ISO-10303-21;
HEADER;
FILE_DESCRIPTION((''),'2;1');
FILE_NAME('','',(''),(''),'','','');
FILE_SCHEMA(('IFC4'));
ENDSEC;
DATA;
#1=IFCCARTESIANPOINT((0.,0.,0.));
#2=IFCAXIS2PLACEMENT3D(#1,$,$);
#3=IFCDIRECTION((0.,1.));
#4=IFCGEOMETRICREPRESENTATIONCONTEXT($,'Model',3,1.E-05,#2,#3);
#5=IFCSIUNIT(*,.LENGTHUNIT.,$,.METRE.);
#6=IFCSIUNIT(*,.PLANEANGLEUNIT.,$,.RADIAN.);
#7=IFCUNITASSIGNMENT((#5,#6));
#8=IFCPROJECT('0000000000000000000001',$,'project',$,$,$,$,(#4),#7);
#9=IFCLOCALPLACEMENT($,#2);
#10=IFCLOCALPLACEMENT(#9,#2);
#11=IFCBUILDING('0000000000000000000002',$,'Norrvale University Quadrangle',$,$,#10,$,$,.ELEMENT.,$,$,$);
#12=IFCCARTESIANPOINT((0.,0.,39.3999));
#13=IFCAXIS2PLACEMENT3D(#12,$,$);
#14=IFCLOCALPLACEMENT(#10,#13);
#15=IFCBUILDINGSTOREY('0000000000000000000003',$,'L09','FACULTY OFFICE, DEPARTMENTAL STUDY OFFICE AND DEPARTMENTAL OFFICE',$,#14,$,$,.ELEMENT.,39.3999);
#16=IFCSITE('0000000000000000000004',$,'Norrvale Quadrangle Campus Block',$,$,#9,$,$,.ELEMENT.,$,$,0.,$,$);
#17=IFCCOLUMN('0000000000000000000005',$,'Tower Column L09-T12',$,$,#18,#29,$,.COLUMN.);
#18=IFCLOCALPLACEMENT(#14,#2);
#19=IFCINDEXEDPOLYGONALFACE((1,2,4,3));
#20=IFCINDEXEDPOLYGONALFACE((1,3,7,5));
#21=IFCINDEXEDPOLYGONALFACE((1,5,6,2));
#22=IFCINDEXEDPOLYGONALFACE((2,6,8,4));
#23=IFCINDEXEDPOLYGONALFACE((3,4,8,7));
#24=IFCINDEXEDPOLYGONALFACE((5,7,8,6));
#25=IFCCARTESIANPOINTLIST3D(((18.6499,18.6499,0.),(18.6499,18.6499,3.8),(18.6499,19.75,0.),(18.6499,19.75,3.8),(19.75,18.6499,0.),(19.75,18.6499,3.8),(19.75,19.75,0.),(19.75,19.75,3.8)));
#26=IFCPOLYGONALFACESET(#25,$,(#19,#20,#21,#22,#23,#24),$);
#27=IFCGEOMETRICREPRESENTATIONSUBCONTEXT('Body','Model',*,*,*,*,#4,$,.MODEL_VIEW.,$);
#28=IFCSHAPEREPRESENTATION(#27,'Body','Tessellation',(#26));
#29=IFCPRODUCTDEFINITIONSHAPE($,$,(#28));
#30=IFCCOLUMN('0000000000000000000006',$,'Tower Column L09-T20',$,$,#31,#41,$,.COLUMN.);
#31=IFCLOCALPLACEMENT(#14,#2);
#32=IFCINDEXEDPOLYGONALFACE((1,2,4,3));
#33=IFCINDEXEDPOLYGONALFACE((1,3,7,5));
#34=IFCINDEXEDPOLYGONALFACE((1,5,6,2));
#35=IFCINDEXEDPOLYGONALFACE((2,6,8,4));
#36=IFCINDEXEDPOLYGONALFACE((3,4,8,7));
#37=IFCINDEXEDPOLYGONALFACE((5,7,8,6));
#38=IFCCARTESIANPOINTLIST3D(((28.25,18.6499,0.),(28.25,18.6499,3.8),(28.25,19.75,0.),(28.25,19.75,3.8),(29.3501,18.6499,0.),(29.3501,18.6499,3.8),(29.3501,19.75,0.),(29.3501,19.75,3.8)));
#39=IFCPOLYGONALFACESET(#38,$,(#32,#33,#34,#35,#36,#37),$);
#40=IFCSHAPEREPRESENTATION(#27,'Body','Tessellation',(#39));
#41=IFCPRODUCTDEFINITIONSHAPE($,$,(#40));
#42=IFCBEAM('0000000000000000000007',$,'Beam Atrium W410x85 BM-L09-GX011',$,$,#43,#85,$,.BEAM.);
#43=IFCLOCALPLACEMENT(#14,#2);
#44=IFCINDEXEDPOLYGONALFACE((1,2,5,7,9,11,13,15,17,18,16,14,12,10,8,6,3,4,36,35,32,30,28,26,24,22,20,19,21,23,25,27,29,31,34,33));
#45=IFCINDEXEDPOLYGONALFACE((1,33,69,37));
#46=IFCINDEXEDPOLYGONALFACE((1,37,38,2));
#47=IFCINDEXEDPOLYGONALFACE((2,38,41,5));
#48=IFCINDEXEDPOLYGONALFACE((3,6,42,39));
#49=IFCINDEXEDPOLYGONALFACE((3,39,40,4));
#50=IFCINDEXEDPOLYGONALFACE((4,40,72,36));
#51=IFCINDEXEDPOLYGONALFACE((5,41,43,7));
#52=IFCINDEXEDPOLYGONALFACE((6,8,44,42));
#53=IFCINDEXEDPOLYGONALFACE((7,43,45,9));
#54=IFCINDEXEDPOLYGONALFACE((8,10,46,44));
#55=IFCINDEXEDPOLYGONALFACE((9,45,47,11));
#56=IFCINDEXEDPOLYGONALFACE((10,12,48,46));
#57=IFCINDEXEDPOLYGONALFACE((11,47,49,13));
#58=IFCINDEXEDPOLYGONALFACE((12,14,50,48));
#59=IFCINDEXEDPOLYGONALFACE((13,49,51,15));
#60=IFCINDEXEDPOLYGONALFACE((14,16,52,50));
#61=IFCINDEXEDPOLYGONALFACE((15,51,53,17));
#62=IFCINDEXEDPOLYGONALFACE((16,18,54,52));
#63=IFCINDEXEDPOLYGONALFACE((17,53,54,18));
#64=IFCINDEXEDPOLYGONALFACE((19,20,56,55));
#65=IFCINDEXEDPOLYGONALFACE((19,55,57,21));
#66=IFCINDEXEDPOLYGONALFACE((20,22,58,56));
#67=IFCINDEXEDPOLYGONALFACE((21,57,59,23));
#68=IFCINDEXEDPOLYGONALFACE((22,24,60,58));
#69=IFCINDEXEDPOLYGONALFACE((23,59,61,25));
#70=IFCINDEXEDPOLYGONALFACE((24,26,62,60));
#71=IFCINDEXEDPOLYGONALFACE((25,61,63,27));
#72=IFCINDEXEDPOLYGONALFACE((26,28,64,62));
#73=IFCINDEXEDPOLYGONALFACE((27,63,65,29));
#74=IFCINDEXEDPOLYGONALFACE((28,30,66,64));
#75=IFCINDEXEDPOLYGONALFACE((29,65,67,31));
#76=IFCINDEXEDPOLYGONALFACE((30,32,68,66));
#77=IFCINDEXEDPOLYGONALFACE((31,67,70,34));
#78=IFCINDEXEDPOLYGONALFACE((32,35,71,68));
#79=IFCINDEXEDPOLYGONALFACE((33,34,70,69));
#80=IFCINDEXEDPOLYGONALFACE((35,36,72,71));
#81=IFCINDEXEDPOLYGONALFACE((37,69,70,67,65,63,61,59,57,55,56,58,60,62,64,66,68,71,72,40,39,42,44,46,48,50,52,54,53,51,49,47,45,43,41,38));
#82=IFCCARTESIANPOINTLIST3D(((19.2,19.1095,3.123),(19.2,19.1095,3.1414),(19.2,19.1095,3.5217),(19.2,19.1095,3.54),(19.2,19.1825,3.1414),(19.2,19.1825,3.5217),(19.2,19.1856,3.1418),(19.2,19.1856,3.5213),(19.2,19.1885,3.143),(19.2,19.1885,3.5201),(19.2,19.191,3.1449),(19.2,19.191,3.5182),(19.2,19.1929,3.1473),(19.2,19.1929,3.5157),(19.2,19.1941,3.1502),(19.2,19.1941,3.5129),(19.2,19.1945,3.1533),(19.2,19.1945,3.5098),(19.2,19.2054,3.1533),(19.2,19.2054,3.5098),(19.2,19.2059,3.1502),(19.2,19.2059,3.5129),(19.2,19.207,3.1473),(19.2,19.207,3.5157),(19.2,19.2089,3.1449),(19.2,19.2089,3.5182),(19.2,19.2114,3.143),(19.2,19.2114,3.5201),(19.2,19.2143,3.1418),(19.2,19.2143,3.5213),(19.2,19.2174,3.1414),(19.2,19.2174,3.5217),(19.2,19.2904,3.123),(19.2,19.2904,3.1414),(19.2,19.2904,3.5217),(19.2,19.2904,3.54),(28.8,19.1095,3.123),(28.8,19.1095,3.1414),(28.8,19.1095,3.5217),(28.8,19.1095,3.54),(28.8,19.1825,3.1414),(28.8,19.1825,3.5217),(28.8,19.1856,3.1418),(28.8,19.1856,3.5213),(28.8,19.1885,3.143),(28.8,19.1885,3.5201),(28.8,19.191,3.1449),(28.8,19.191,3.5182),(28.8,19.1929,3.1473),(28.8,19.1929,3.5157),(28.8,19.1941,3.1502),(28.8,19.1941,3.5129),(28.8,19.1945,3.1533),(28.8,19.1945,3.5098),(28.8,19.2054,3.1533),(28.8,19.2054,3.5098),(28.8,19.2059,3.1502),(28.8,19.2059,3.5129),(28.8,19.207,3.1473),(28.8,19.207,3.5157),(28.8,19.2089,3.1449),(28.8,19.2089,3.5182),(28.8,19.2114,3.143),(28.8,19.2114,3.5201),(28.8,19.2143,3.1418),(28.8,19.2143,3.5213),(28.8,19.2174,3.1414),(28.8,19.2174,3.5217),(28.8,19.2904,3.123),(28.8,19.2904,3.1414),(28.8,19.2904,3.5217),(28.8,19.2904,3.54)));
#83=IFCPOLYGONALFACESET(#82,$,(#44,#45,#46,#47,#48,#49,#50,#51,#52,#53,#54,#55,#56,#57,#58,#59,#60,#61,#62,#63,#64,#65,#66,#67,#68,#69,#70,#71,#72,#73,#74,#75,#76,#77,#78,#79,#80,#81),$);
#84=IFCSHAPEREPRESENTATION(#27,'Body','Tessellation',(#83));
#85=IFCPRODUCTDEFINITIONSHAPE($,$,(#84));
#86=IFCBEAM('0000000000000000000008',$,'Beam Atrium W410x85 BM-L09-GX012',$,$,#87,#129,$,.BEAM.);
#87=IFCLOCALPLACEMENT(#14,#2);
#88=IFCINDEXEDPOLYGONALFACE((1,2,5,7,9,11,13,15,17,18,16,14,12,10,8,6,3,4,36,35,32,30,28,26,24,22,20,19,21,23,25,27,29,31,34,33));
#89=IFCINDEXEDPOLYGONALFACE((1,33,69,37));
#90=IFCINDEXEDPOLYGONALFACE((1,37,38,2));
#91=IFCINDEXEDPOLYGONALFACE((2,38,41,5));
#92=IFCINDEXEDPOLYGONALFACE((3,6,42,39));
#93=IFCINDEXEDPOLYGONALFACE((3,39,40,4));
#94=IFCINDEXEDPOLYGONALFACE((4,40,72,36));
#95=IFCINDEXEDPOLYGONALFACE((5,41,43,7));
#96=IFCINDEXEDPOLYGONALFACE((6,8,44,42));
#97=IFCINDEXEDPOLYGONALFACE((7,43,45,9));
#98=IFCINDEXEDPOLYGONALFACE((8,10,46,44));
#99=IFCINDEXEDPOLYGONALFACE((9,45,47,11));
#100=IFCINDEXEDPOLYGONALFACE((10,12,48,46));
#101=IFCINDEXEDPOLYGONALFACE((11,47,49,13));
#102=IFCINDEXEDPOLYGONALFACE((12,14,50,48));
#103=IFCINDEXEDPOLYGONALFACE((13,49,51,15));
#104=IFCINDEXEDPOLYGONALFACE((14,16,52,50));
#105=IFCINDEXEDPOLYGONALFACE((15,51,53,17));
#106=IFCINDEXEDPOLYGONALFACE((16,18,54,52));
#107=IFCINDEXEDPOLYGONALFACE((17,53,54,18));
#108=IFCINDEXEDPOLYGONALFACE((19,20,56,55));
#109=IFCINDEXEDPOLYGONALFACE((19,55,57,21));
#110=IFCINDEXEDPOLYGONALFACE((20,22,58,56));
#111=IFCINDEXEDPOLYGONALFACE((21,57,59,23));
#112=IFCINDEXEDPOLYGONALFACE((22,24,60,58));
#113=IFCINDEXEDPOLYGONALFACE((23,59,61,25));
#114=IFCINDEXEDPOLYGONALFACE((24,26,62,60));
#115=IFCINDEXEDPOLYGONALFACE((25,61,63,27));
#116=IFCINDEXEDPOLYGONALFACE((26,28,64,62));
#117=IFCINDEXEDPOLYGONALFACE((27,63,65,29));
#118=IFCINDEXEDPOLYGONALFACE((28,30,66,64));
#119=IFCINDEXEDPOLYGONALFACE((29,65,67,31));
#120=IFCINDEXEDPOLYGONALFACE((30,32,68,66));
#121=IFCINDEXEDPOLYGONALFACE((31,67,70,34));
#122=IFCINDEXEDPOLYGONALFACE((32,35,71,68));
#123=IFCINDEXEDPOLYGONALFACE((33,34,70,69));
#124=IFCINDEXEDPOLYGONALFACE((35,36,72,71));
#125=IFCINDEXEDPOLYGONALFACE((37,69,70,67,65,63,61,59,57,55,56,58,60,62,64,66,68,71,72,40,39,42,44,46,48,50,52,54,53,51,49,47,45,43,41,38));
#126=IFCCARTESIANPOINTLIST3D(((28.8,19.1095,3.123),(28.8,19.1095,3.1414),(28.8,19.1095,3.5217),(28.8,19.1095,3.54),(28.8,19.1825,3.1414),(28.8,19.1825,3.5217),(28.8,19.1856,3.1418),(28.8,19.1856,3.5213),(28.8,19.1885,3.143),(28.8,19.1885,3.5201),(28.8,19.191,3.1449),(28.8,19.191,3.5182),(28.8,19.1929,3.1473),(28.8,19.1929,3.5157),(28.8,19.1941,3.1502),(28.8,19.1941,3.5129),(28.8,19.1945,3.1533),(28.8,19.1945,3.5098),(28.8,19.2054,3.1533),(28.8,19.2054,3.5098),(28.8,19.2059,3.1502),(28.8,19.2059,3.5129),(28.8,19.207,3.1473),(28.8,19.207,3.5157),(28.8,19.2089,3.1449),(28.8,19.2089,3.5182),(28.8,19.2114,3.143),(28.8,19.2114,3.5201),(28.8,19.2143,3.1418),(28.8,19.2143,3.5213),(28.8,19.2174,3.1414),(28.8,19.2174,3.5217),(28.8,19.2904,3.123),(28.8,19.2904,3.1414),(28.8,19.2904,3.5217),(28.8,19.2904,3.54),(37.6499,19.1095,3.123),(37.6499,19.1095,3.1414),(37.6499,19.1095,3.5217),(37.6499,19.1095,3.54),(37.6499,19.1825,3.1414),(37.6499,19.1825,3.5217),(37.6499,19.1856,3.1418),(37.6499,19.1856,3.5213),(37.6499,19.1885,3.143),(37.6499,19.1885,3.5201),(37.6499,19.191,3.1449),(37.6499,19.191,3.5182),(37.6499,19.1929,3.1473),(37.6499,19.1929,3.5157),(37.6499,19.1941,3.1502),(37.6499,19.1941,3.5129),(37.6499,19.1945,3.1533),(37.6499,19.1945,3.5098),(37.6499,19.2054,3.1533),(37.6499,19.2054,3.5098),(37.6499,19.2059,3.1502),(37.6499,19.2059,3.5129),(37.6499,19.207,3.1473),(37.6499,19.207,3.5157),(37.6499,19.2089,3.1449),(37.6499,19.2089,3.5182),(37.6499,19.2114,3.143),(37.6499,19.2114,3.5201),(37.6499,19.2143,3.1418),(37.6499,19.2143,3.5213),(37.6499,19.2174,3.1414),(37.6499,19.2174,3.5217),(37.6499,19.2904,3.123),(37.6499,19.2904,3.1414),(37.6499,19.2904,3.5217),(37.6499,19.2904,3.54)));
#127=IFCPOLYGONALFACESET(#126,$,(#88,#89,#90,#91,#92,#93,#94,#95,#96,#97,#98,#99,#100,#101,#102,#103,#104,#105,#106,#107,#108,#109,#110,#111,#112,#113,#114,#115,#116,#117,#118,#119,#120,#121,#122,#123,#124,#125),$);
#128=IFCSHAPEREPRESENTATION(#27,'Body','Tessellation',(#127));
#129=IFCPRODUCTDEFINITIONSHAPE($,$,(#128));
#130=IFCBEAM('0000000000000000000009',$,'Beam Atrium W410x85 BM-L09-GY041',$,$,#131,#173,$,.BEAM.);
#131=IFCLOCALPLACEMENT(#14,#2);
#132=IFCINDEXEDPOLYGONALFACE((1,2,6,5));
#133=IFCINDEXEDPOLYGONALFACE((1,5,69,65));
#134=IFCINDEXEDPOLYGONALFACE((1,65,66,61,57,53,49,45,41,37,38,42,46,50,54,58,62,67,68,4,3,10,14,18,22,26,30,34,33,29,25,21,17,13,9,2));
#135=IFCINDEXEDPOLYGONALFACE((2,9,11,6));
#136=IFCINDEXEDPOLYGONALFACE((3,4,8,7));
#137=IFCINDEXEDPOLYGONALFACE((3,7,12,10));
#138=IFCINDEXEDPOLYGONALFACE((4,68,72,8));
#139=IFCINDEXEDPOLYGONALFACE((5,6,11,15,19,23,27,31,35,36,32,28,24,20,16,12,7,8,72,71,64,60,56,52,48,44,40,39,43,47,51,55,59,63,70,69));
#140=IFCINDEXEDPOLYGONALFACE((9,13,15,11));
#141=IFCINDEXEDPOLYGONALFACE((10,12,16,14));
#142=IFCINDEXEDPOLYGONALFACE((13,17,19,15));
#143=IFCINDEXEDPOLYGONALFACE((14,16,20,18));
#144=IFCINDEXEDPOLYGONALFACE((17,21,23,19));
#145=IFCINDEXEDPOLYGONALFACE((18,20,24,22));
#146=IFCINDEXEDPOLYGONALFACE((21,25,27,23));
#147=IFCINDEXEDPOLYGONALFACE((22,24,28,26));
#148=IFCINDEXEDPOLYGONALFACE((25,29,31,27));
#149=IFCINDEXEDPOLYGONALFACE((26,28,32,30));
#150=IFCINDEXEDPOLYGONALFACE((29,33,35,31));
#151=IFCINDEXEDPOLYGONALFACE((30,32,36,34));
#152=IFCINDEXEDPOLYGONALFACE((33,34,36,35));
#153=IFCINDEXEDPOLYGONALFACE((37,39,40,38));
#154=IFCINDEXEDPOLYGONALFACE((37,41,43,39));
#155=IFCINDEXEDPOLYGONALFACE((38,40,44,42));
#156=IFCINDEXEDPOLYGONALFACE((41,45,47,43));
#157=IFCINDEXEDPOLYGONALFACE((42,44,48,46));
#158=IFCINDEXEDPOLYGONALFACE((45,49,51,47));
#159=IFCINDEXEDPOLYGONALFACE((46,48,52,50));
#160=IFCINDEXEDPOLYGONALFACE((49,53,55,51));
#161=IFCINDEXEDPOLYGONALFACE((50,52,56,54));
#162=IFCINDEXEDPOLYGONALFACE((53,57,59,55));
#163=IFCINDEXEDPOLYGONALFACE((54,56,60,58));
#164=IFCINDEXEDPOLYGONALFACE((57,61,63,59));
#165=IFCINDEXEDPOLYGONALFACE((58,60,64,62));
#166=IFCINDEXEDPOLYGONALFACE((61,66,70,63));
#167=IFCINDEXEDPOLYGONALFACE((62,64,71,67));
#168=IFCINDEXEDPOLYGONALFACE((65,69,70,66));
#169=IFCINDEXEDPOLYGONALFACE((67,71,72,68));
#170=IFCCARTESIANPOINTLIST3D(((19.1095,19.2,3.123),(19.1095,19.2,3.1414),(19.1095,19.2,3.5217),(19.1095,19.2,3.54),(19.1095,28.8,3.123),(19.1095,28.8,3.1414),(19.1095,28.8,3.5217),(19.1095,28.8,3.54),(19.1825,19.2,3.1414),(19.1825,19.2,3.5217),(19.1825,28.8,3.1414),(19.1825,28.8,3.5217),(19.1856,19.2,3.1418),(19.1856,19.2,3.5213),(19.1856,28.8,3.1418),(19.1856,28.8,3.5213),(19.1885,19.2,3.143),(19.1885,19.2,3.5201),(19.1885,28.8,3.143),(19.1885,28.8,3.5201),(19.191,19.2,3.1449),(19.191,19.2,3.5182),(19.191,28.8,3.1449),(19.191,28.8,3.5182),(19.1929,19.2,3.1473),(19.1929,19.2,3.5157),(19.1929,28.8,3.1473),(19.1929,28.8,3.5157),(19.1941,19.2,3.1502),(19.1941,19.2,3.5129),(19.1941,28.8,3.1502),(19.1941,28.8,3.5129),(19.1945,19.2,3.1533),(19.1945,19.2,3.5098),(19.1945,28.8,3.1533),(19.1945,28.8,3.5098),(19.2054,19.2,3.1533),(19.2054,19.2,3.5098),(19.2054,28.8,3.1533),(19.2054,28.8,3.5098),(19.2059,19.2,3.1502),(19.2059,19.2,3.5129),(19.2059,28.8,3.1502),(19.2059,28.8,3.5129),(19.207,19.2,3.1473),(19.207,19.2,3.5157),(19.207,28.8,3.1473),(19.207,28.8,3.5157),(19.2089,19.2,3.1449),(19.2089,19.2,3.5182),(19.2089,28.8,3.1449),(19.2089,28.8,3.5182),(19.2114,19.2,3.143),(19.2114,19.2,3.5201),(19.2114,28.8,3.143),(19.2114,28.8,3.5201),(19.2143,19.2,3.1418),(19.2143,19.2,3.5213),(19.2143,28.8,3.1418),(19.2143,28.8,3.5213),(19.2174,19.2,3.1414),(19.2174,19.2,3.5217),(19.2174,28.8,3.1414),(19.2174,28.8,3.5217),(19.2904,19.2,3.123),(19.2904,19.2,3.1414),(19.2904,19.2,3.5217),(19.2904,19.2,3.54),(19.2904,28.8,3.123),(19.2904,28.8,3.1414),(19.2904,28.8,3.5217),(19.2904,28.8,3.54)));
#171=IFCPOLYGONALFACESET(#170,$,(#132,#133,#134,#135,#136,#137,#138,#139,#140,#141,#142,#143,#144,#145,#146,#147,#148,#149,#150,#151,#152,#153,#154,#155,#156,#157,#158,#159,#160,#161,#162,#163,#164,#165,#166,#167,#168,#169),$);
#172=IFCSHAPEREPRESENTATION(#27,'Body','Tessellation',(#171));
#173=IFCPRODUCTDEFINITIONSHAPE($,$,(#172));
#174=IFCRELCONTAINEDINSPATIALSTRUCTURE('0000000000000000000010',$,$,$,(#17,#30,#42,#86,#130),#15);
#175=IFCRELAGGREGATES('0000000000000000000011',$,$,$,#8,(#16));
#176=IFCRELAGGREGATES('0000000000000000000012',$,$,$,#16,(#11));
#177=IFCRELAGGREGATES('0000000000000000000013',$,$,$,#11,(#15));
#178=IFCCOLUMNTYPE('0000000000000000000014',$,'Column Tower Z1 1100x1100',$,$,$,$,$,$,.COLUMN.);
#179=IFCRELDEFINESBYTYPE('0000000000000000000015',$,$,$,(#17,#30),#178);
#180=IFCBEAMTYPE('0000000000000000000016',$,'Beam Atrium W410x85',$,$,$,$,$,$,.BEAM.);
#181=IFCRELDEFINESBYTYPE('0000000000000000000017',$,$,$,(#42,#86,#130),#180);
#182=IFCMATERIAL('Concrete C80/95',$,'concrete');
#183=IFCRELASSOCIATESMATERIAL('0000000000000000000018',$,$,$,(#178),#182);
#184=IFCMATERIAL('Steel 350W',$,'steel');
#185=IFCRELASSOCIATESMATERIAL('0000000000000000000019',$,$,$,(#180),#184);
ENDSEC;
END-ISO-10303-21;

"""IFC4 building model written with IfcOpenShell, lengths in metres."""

from ifc_helpers import new_model, si_unit, direction, frame, origin, origin_2d, place, context, subcontext, project, spatial, rectangle, i_section, extrude, material, material_profile, profile_set, type_object, element, save


model = new_model("IFC4")

# Units and contexts
model_context = context("Model", 3, precision=1e-05, world=origin(), true_north=direction((0.0, 1.0)))
body_context = subcontext(model_context, "Body", "Model", "MODEL_VIEW")
ifc_project = project(units=[si_unit("LENGTHUNIT", "METRE"), si_unit("PLANEANGLEUNIT", "RADIAN")], contexts=[model_context])

# Site, building, storey
site_placement = place(None, origin())
site = spatial("IfcSite", under=ifc_project, at=site_placement, Name="Norrvale Quadrangle Campus Block", CompositionType="ELEMENT", RefElevation=0.0)
building_placement = place(site_placement, origin())
building = spatial("IfcBuilding", under=site, at=building_placement, Name="Norrvale University Quadrangle", CompositionType="ELEMENT")
storey_placement = place(building_placement, frame((0.0, 0.0, 39.3999)))
storey = spatial("IfcBuildingStorey", under=building, at=storey_placement, Name="L09", Description="FACULTY OFFICE, DEPARTMENTAL STUDY OFFICE AND DEPARTMENTAL OFFICE", CompositionType="ELEMENT", Elevation=39.3999)

# Columns
ifc_material_1 = material(Name="Concrete C80/95", Category="concrete")
ifc_material_profile_1 = material_profile(ifc_material_1, rectangle(XDim=1.1001, YDim=1.1001, at=origin_2d()), Name="Concrete C80/95")
ifc_profile_set_1 = profile_set([ifc_material_profile_1], Name="Concrete C80/95")
column_type = type_object("IfcColumnType", Name="Column Tower Z1 1100x1100", PredefinedType="COLUMN", material=ifc_profile_set_1)
for number, where, z_axis, x_axis, name in (
    (1, (19.2, 19.2, 0.0), (0.0, 0.0, 1.0), (1.0, 0.0, 0.0), "Tower Column L09-T12"),
    (2, (28.8, 19.2, 0.0), (0.0, 0.0, 1.0), (1.0, 0.0, 0.0), "Tower Column L09-T20"),
):
    element("IfcColumn", number, at=place(storey_placement, frame(where, z_axis=z_axis, x_axis=x_axis)), inside=storey, type_object=column_type, Name=name, PredefinedType="COLUMN", context=body_context, shape_type="SweptSolid", body=[
        extrude(rectangle(XDim=1.1001, YDim=1.1001, at=origin_2d()), origin(), (0.0, 0.0, 1.0), 3.8),
    ])

# Beams
ifc_material_2 = material(Name="Steel 350W", Category="steel")
ifc_material_profile_2 = material_profile(ifc_material_2, i_section(OverallWidth=0.1809, OverallDepth=0.417, WebThickness=0.011, FlangeThickness=0.0183, FilletRadius=0.012, at=origin_2d()), Name="Steel 350W")
ifc_profile_set_2 = profile_set([ifc_material_profile_2], Name="Steel 350W")
beam_type_1 = type_object("IfcBeamType", Name="Beam Atrium W410x85", PredefinedType="BEAM", material=ifc_profile_set_2)
beam_1_placement = place(storey_placement, frame((19.2, 19.2, 3.3315), z_axis=(1.0, 0.0, 0.0), x_axis=(0.0, 1.0, 0.0)))
element("IfcBeam", 3, at=beam_1_placement, inside=storey, type_object=beam_type_1, Name="Beam Atrium W410x85 BM-L09-GX011", PredefinedType="BEAM", context=body_context, shape_type="SweptSolid", body=[
    extrude(i_section(OverallWidth=0.1809, OverallDepth=0.417, WebThickness=0.011, FlangeThickness=0.0183, FilletRadius=0.012, at=origin_2d()), origin(), (0.0, 0.0, 1.0), 9.6001),
])
beam_2_placement = place(storey_placement, frame((28.8, 19.2, 3.3315), z_axis=(1.0, 0.0, 0.0), x_axis=(0.0, 1.0, 0.0)))
element("IfcBeam", 4, at=beam_2_placement, inside=storey, type_object=beam_type_1, Name="Beam Atrium W410x85 BM-L09-GX012", PredefinedType="BEAM", context=body_context, shape_type="SweptSolid", body=[
    extrude(i_section(OverallWidth=0.1809, OverallDepth=0.417, WebThickness=0.011, FlangeThickness=0.0183, FilletRadius=0.012, at=origin_2d()), origin(), (0.0, 0.0, 1.0), 8.8499),
])
for number, where, z_axis, x_axis, name in (
    (5, (19.2, 19.2, 3.3315), (0.0, 1.0, 0.0), (-1.0, 0.0, 0.0), "Beam Atrium W410x85 BM-L09-GY041"),
):
    element("IfcBeam", number, at=place(storey_placement, frame(where, z_axis=z_axis, x_axis=x_axis)), inside=storey, type_object=beam_type_1, Name=name, PredefinedType="BEAM", context=body_context, shape_type="SweptSolid", body=[
        extrude(i_section(OverallWidth=0.1809, OverallDepth=0.417, WebThickness=0.011, FlangeThickness=0.0183, FilletRadius=0.012, at=origin_2d()), origin(), (0.0, 0.0, 1.0), 9.6001),
    ])

save(model, "model.ifc")
